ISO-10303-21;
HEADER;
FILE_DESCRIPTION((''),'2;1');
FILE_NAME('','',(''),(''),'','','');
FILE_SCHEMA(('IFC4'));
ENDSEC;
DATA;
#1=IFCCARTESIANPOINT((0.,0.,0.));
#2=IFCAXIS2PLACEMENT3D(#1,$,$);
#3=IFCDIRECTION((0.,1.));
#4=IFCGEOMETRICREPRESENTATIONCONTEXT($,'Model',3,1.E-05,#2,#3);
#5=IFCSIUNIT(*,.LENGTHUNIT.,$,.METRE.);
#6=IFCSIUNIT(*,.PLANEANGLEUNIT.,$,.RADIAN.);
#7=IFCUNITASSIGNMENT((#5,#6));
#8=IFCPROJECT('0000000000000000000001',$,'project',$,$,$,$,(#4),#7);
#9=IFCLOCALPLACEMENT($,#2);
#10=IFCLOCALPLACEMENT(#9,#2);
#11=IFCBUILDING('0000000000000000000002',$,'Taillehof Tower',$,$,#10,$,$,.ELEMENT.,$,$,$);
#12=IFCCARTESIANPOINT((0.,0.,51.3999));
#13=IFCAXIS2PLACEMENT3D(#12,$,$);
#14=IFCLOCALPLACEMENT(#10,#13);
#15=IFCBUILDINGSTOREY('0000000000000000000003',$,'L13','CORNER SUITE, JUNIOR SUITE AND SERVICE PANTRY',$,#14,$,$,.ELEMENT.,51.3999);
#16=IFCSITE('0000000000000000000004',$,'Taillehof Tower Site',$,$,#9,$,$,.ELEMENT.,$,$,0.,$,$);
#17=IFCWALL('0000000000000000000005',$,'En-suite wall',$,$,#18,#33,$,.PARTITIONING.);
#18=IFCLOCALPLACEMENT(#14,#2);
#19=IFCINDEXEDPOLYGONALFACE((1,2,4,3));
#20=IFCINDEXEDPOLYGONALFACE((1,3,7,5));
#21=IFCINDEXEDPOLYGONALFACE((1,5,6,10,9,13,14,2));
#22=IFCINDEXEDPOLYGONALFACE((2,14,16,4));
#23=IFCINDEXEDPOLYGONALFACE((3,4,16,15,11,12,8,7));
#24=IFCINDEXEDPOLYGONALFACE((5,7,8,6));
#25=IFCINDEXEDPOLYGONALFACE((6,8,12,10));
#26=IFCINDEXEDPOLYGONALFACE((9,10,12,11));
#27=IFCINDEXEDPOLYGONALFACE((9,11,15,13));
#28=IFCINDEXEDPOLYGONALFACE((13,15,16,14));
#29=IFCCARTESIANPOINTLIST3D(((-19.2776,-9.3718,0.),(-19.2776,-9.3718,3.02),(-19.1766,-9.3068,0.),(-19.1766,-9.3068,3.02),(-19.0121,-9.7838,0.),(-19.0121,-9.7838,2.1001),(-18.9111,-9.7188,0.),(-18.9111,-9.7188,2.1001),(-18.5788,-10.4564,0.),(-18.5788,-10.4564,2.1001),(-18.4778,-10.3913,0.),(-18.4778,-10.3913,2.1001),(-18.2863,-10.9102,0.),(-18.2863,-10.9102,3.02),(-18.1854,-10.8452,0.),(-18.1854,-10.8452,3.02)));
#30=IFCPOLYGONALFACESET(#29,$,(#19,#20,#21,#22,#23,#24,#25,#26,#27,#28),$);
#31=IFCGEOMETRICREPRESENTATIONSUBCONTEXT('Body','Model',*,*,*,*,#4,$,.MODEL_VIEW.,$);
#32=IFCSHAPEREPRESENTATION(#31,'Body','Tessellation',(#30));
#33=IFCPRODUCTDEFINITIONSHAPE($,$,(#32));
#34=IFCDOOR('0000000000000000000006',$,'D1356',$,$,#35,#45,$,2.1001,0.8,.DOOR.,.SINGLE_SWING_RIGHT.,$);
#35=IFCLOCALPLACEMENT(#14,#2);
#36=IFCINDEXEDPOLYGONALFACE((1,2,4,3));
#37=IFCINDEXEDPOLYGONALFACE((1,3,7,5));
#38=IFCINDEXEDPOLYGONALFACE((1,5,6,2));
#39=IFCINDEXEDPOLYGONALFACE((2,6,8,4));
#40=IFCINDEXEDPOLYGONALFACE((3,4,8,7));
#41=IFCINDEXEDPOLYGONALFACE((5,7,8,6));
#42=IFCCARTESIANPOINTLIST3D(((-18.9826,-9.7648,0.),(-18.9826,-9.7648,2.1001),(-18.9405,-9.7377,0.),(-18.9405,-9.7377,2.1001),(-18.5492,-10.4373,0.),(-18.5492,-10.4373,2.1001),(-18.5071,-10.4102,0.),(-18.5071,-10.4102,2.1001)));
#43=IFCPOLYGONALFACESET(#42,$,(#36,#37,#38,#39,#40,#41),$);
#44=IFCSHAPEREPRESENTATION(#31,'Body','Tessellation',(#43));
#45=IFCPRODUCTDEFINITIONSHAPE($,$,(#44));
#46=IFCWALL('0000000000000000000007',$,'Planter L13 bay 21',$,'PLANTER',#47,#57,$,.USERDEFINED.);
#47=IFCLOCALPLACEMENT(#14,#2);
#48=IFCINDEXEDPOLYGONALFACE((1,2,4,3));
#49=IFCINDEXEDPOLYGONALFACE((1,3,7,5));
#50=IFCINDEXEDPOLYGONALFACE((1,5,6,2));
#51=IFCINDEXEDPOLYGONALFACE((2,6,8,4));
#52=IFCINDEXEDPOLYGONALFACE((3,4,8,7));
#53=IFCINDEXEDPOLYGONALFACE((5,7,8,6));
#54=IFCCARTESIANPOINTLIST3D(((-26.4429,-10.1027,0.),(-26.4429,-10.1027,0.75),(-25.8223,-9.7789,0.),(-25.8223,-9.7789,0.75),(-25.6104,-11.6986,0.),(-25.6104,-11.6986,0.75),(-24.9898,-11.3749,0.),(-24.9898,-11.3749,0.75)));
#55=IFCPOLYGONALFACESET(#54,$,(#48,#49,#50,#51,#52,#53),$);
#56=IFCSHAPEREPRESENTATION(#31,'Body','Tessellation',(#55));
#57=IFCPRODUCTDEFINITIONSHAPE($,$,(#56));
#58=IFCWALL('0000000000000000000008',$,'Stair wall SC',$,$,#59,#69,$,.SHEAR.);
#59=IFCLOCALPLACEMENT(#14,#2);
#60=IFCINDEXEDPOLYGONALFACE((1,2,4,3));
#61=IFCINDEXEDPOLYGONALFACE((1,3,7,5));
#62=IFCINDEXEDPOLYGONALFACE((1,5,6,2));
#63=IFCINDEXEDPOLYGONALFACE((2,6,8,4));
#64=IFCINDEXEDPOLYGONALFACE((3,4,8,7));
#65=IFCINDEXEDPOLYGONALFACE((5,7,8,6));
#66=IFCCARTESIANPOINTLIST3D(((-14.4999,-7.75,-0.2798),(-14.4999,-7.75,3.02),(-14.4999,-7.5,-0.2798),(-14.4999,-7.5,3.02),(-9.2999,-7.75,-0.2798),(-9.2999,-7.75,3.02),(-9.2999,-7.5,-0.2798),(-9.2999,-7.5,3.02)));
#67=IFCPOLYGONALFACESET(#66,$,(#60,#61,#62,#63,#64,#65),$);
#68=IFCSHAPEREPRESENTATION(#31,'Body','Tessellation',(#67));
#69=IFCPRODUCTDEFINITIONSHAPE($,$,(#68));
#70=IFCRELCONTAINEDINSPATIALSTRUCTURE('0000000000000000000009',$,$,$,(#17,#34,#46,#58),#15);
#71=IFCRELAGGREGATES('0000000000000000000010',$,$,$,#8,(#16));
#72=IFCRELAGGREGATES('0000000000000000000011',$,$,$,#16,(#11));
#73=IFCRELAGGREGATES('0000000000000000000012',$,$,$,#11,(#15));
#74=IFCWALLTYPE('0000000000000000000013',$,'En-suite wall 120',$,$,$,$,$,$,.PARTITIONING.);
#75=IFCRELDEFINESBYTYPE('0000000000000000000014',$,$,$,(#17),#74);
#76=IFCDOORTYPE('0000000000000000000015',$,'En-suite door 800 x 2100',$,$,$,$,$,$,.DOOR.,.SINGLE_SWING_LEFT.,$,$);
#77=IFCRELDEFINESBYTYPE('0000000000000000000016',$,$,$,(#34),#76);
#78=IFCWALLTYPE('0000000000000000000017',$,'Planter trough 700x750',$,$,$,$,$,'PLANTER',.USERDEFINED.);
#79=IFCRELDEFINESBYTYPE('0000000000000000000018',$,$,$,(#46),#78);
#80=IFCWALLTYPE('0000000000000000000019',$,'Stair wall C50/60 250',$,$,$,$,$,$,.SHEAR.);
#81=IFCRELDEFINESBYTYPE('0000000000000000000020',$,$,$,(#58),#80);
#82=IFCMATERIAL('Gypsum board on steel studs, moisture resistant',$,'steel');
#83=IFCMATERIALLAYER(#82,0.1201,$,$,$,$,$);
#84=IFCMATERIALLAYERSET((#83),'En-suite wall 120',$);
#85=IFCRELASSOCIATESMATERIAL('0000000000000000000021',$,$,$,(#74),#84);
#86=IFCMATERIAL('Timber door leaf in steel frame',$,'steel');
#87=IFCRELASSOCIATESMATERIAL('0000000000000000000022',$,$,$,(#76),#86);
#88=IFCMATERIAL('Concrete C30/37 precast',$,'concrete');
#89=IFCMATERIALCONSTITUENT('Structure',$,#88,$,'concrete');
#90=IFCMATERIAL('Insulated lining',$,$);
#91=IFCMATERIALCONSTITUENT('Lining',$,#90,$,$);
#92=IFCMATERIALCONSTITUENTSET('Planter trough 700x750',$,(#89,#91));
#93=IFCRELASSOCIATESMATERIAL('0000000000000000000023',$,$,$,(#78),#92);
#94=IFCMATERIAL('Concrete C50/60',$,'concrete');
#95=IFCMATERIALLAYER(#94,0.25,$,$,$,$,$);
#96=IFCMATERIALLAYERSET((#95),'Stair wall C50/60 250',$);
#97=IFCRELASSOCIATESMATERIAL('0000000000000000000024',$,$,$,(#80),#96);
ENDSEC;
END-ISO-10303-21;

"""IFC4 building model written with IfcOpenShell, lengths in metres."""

from ifc_helpers import new_model, si_unit, direction, frame, frame_2d, origin, place, context, subcontext, project, spatial, rectangle, extrude, material, layer, layer_set, constituent, constituent_set, type_object, element, fill, save


model = new_model("IFC4")

# Units and contexts
model_context = context("Model", 3, precision=1e-05, world=origin(), true_north=direction((0.0, 1.0)))
body_context = subcontext(model_context, "Body", "Model", "MODEL_VIEW")
ifc_project = project(units=[si_unit("LENGTHUNIT", "METRE"), si_unit("PLANEANGLEUNIT", "RADIAN")], contexts=[model_context])

# Site, building, storey
site_placement = place(None, origin())
site = spatial("IfcSite", under=ifc_project, at=site_placement, Name="Taillehof Tower Site", CompositionType="ELEMENT", RefElevation=0.0)
building_placement = place(site_placement, origin())
building = spatial("IfcBuilding", under=site, at=building_placement, Name="Taillehof Tower", CompositionType="ELEMENT")
storey_placement = place(building_placement, frame((0.0, 0.0, 51.3999)))
storey = spatial("IfcBuildingStorey", under=building, at=storey_placement, Name="L13", Description="CORNER SUITE, JUNIOR SUITE AND SERVICE PANTRY", CompositionType="ELEMENT", Elevation=51.3999)

# Shared definitions
ifc_material_1 = material(Name="Gypsum board on steel studs, moisture resistant", Category="steel")
ifc_layer_1 = layer(ifc_material_1, 0.1201)
ifc_layer_set_1 = layer_set([ifc_layer_1], Name="En-suite wall 120")
wall_type_1 = type_object("IfcWallType", Name="En-suite wall 120", PredefinedType="PARTITIONING", material=ifc_layer_set_1)

# Wall, opening, door
ifc_material_2 = material(Name="Timber door leaf in steel frame", Category="steel")
door_type_1 = type_object("IfcDoorType", Name="En-suite door 800 x 2100", OperationType="SINGLE_SWING_LEFT", PredefinedType="DOOR", material=ifc_material_2)
wall_1_placement = place(storey_placement, frame((-18.2358, -10.8777, 0.0), z_axis=(0.0, 0.0, 1.0), x_axis=(-0.541641, 0.84061, 0.0)))
wall_1 = element("IfcWall", 1, at=wall_1_placement, inside=storey, type_object=wall_type_1, Name="En-suite wall", PredefinedType="PARTITIONING", context=body_context, shape_type="SweptSolid", body=[
    extrude(rectangle(XDim=1.8301, YDim=0.1201, at=frame_2d((0.915, 0.0))), origin(), (0.0, 0.0, 1.0), 3.02),
])
opening_1_placement = place(wall_1_placement, frame((0.54, 0.0, 0.0)))
opening_1 = element("IfcOpeningElement", 2, at=opening_1_placement, cuts=wall_1, PredefinedType="OPENING", context=body_context, shape_type="SweptSolid", body=[
    extrude(rectangle(XDim=0.8, YDim=2.1001, at=frame_2d((0.3999, 1.05))), frame((0.0, 0.0701, 0.0), z_axis=(0.0, -1.0, 0.0), x_axis=(1.0, 0.0, 0.0)), (0.0, 0.0, 1.0), 0.1401),
])
door_1_placement = place(opening_1_placement, origin())
door_1 = element("IfcDoor", 3, at=door_1_placement, inside=storey, type_object=door_type_1, Name="D1356", OperationType="SINGLE_SWING_RIGHT", OverallHeight=2.1001, OverallWidth=0.8, PredefinedType="DOOR", context=body_context, shape_type="SweptSolid", body=[
    extrude(rectangle(XDim=0.8, YDim=2.1001, at=frame_2d((0.3999, 1.05))), frame((0.0, 0.0249, 0.0), z_axis=(0.0, -1.0, 0.0), x_axis=(1.0, 0.0, 0.0)), (0.0, 0.0, 1.0), 0.05),
])
fill(opening_1, door_1)

# Walls
ifc_material_3 = material(Name="Concrete C30/37 precast", Category="concrete")
ifc_constituent_1 = constituent(ifc_material_3, Name="Structure", Category="concrete")
ifc_material_4 = material(Name="Insulated lining")
ifc_constituent_2 = constituent(ifc_material_4, Name="Lining")
ifc_constituent_set = constituent_set(constituents=[ifc_constituent_1, ifc_constituent_2], Name="Planter trough 700x750")
wall_type_2 = type_object("IfcWallType", Name="Planter trough 700x750", ElementType="PLANTER", PredefinedType="USERDEFINED", material=ifc_constituent_set)
wall_2_placement = place(storey_placement, frame((-26.1326, -9.9409, 0.0), z_axis=(0.0, 0.0, 1.0), x_axis=(0.462501, -0.886619, 0.0)))
element("IfcWall", 4, at=wall_2_placement, inside=storey, type_object=wall_type_2, Name="Planter L13 bay 21", ObjectType="PLANTER", PredefinedType="USERDEFINED", context=body_context, shape_type="SweptSolid", body=[
    extrude(rectangle(XDim=1.8, YDim=0.7, at=frame_2d((0.8999, 0.0))), origin(), (0.0, 0.0, 1.0), 0.75),
])
ifc_material_5 = material(Name="Concrete C50/60", Category="concrete")
ifc_layer_2 = layer(ifc_material_5, 0.25)
ifc_layer_set_2 = layer_set([ifc_layer_2], Name="Stair wall C50/60 250")
wall_type_3 = type_object("IfcWallType", Name="Stair wall C50/60 250", PredefinedType="SHEAR", material=ifc_layer_set_2)
wall_3_placement = place(storey_placement, frame((-14.5, -7.625, -0.2798), z_axis=(0.0, 0.0, 1.0), x_axis=(1.0, 0.0, 0.0)))
element("IfcWall", 5, at=wall_3_placement, inside=storey, type_object=wall_type_3, Name="Stair wall SC", PredefinedType="SHEAR", context=body_context, shape_type="SweptSolid", body=[
    extrude(rectangle(XDim=5.2, YDim=0.25, at=frame_2d((2.6001, 0.0))), origin(), (0.0, 0.0, 1.0), 3.2998),
])

save(model, "model.ifc")
